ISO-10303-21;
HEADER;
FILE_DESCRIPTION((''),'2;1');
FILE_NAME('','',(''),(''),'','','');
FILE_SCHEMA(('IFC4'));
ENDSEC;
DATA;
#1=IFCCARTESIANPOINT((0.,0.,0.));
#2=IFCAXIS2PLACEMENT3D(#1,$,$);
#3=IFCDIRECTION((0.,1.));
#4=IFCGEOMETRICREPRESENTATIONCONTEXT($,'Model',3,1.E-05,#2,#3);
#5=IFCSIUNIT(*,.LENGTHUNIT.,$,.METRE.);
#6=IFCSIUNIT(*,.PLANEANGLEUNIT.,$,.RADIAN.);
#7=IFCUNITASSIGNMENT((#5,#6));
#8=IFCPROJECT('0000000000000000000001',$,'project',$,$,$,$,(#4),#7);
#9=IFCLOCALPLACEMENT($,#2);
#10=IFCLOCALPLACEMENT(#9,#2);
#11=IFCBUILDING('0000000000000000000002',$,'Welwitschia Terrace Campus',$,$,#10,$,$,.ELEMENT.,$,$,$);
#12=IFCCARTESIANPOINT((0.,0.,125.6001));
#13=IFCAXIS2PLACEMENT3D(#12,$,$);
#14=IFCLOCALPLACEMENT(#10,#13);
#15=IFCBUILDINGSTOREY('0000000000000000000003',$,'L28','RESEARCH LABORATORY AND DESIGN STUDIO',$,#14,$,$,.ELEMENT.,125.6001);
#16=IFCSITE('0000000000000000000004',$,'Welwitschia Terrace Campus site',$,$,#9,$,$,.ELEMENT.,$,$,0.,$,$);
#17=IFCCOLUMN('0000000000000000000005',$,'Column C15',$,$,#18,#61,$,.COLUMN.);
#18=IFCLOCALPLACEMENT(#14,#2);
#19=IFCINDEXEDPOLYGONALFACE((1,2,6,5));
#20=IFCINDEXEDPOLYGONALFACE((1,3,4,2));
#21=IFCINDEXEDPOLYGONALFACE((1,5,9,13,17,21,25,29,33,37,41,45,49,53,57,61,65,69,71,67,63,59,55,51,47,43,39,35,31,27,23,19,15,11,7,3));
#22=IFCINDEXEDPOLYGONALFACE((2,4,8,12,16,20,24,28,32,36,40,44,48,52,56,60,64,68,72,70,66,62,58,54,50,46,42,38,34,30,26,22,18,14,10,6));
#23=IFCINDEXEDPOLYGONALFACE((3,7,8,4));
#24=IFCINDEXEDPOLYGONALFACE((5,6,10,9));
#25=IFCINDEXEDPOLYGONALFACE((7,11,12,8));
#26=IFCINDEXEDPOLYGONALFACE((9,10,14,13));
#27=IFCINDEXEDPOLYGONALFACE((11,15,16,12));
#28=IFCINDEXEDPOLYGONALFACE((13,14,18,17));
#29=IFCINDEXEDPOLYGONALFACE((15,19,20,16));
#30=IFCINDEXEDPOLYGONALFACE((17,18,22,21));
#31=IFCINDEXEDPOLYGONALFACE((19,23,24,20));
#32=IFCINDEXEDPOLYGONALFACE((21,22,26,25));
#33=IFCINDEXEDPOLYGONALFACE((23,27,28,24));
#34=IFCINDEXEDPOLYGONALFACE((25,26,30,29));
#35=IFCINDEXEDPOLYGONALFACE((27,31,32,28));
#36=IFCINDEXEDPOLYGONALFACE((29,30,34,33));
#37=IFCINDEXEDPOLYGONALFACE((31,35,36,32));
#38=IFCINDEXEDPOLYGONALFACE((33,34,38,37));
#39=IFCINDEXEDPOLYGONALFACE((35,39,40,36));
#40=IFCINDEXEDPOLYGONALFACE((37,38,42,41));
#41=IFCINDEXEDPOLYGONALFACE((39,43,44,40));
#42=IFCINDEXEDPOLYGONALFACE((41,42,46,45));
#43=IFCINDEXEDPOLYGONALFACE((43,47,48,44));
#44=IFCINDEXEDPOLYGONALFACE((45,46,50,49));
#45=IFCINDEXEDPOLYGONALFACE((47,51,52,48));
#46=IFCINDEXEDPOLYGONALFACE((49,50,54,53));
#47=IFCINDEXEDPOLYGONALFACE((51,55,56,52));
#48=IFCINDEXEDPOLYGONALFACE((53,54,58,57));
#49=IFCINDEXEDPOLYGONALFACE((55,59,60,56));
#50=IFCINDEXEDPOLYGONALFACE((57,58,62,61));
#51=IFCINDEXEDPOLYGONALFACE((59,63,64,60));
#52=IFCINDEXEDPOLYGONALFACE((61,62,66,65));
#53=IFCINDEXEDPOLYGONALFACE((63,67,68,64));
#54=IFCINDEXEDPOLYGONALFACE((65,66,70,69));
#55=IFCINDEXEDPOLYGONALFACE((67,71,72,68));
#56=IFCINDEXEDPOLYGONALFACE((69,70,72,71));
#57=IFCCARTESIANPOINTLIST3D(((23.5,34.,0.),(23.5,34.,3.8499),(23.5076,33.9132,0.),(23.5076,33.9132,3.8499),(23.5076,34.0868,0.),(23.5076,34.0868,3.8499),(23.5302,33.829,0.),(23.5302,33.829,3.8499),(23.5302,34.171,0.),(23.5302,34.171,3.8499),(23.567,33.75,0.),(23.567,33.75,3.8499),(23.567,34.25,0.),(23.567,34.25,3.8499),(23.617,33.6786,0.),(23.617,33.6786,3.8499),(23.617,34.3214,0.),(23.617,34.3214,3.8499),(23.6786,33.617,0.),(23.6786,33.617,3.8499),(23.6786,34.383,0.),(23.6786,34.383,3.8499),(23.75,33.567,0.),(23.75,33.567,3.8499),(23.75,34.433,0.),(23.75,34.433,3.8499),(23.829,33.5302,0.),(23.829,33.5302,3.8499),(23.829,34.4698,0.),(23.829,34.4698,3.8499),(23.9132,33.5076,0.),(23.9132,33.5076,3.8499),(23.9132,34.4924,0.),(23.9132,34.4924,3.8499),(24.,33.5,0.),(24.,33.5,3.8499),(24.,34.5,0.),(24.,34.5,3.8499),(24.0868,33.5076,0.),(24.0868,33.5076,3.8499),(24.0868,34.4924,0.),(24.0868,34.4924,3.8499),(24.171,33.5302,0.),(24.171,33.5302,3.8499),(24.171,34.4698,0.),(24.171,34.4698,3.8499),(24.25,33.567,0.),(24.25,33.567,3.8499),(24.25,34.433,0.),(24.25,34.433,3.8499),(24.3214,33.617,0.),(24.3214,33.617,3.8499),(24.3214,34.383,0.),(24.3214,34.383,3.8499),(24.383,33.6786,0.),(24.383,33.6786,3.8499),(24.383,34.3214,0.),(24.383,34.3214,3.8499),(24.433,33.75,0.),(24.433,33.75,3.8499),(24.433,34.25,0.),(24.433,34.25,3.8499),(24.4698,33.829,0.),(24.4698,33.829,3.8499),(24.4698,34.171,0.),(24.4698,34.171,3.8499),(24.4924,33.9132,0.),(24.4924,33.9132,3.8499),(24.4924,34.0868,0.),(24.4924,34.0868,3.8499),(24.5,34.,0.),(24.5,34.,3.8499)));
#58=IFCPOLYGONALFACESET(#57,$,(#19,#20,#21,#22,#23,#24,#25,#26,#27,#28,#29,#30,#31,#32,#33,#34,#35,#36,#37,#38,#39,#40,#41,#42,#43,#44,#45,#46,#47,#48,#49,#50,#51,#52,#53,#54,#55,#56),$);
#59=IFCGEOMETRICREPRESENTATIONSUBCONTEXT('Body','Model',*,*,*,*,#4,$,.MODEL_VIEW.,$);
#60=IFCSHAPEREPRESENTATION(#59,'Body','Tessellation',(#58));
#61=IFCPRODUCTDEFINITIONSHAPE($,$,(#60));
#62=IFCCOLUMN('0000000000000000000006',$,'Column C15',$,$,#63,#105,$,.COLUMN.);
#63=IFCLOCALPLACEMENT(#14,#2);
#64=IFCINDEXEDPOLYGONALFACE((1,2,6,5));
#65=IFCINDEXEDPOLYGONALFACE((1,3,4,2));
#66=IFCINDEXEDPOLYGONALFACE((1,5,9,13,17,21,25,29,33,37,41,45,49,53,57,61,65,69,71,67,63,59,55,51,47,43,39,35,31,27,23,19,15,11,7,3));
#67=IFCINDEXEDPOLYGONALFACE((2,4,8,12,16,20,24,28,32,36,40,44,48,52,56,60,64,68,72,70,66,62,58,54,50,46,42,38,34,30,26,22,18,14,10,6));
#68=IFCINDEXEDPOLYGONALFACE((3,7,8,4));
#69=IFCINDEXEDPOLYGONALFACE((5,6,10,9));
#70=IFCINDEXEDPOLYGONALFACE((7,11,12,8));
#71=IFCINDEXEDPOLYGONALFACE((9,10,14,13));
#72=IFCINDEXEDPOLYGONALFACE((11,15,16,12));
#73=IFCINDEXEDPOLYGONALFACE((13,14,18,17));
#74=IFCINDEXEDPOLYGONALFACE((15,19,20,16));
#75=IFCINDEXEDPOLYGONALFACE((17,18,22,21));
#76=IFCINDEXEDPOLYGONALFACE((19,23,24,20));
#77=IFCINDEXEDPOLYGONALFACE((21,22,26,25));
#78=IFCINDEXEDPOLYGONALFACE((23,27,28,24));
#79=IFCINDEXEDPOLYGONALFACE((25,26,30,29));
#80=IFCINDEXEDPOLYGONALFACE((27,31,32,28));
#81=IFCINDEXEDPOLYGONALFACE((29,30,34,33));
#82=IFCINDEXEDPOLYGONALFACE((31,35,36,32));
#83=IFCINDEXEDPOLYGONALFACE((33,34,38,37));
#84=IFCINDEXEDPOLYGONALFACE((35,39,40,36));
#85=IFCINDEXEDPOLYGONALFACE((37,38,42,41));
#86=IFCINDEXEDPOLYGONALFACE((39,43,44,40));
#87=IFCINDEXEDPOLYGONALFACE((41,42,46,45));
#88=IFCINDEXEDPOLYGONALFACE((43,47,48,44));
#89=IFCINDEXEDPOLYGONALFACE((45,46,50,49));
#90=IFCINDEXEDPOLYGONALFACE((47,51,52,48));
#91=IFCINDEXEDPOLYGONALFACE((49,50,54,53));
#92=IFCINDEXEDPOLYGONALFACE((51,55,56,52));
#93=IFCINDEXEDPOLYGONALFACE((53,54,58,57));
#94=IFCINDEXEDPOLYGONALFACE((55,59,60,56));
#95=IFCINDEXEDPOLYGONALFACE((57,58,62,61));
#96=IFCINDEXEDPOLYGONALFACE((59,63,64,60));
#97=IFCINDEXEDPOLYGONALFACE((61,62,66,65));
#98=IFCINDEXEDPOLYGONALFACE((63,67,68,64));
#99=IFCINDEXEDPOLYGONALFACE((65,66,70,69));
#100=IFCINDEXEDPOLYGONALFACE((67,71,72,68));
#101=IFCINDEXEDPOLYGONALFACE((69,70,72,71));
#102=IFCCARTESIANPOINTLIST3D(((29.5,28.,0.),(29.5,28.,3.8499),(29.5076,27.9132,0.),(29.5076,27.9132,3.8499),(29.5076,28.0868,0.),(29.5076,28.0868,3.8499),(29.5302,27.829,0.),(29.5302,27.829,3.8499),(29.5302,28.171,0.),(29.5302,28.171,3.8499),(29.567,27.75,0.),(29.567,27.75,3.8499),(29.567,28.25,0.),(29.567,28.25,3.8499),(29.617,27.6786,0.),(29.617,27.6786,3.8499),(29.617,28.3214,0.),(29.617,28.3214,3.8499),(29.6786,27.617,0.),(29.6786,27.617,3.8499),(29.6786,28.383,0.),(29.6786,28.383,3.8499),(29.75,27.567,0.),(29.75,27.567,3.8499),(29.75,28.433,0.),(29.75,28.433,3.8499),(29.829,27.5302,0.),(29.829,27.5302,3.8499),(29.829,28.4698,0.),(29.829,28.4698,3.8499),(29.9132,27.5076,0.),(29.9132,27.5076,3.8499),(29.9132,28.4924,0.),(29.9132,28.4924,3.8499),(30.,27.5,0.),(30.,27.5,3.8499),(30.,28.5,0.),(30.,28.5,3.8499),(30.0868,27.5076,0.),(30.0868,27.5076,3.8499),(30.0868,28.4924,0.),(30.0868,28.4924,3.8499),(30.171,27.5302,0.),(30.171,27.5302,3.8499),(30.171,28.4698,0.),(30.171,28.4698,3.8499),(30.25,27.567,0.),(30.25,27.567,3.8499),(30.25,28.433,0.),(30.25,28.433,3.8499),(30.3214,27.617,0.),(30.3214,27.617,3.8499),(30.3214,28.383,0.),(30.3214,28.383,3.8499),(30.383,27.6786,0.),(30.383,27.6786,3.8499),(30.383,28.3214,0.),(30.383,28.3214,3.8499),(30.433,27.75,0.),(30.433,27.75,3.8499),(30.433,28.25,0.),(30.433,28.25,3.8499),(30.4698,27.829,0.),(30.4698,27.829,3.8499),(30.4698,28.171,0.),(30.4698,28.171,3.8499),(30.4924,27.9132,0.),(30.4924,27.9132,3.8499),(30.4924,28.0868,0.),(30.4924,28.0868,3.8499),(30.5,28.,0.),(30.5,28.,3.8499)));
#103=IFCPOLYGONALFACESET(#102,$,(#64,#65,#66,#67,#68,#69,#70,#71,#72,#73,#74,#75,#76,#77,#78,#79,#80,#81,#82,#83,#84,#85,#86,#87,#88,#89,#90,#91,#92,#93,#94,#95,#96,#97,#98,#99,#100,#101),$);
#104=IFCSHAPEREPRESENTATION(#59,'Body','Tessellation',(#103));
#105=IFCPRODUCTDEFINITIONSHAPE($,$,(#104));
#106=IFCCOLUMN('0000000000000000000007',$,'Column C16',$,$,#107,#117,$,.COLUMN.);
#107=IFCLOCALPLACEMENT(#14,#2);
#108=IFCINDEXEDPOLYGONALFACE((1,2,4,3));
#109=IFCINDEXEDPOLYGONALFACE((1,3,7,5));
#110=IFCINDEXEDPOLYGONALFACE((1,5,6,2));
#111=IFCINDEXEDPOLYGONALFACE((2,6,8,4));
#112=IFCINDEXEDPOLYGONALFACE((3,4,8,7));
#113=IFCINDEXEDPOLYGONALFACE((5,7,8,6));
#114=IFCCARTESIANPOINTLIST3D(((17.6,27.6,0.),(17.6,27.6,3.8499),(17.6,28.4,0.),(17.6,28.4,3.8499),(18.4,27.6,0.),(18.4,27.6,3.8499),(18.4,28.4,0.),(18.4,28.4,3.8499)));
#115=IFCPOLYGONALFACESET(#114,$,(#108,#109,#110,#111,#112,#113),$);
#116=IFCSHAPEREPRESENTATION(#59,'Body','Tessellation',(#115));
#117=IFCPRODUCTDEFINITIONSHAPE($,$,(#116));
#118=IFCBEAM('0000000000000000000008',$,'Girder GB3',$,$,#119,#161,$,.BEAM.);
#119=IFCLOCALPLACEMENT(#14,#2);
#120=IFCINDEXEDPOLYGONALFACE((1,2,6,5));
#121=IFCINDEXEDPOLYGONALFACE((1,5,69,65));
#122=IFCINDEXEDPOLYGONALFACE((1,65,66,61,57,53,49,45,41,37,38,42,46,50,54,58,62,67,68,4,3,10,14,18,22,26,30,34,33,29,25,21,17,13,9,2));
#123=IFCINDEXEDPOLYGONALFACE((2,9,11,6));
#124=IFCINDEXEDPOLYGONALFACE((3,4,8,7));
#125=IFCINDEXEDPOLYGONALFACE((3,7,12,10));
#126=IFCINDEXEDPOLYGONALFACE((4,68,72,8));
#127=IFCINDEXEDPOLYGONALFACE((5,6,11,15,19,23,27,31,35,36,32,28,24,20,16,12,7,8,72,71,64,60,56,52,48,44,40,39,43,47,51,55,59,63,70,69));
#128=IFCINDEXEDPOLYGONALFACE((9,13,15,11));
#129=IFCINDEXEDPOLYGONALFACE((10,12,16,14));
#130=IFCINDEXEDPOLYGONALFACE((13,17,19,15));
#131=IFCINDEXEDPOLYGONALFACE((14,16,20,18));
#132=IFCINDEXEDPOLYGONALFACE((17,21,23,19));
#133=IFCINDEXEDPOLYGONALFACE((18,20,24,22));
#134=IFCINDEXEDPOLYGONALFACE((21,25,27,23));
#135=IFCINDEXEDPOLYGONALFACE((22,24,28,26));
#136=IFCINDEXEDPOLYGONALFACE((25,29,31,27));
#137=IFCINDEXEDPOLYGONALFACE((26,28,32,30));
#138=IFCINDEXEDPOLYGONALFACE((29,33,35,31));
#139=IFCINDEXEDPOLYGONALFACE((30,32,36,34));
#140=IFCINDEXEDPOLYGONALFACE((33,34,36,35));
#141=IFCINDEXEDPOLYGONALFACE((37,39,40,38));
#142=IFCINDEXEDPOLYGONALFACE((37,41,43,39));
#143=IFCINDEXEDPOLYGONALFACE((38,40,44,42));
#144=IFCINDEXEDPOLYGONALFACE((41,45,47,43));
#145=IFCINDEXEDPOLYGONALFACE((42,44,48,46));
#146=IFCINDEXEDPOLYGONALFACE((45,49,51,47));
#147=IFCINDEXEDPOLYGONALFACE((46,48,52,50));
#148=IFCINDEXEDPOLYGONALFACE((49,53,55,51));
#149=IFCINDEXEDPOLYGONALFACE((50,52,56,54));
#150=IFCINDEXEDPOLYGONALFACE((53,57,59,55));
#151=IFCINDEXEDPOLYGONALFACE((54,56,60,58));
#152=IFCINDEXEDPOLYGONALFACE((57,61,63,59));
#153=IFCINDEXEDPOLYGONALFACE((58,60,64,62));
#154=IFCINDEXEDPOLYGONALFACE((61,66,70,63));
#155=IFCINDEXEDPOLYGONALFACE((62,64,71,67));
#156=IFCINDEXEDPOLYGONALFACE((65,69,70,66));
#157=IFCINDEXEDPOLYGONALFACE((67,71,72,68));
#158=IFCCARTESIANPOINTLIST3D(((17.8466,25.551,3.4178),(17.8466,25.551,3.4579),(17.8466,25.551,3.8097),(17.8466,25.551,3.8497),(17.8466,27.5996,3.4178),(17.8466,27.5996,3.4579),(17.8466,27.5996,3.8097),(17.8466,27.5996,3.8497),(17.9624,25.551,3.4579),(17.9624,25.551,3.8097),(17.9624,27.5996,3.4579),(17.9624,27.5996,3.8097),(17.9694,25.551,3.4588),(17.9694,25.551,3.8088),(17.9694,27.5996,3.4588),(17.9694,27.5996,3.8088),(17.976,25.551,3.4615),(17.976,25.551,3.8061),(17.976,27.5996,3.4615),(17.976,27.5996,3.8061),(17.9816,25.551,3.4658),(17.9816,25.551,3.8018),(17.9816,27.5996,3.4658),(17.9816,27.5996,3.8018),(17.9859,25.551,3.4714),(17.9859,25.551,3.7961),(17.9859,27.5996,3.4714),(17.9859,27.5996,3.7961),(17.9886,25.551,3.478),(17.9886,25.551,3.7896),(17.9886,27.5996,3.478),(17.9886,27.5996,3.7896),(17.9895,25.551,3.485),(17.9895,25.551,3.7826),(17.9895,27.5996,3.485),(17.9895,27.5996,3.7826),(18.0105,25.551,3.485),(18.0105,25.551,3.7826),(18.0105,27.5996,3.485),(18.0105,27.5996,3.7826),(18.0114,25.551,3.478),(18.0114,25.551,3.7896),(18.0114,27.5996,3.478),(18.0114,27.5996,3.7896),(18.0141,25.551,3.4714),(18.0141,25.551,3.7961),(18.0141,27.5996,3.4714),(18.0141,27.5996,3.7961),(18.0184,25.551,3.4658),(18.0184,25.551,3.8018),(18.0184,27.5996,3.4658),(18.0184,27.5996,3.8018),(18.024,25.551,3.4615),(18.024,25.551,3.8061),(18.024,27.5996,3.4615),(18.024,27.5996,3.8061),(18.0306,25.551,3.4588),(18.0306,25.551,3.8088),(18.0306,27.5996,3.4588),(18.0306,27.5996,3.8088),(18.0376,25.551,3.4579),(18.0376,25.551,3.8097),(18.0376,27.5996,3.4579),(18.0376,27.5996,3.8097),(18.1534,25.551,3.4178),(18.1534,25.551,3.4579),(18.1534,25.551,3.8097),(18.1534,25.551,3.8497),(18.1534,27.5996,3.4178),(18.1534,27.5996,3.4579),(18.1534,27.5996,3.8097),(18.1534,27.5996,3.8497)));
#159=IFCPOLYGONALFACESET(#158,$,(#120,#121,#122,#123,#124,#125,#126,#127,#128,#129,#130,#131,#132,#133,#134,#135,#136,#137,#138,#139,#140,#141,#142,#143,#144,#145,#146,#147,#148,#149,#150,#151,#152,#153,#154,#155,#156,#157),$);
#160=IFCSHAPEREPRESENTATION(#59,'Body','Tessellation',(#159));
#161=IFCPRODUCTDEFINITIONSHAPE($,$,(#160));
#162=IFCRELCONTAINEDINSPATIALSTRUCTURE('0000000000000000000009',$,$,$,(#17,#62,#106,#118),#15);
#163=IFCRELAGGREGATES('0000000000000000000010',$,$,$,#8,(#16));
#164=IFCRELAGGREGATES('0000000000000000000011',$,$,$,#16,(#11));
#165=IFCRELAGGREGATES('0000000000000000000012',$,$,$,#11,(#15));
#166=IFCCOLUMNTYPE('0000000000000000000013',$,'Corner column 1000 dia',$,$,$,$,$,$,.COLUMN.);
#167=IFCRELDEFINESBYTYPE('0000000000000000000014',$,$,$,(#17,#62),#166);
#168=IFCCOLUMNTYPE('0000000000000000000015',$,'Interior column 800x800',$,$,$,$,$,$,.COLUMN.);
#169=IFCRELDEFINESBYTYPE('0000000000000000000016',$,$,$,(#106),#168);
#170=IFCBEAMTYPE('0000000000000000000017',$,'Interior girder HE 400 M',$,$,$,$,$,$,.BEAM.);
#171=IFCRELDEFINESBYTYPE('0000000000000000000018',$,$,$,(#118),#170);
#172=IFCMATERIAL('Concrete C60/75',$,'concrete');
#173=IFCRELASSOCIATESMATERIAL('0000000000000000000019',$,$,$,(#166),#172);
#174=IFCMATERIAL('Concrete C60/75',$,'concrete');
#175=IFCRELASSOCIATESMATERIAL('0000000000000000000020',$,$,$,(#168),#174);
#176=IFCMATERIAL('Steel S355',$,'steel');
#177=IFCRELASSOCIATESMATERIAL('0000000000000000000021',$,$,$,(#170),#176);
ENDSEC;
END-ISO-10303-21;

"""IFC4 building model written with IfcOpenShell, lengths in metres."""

from ifc_helpers import new_model, si_unit, direction, frame, origin, origin_2d, place, context, subcontext, project, spatial, rectangle, circle, i_section, extrude, material, material_profile, profile_set, type_object, element, save


model = new_model("IFC4")

# Units and contexts
model_context = context("Model", 3, precision=1e-05, world=origin(), true_north=direction((0.0, 1.0)))
body_context = subcontext(model_context, "Body", "Model", "MODEL_VIEW")
ifc_project = project(units=[si_unit("LENGTHUNIT", "METRE"), si_unit("PLANEANGLEUNIT", "RADIAN")], contexts=[model_context])

# Site, building, storey
site_placement = place(None, origin())
site = spatial("IfcSite", under=ifc_project, at=site_placement, Name="Welwitschia Terrace Campus site", CompositionType="ELEMENT", RefElevation=0.0)
building_placement = place(site_placement, origin())
building = spatial("IfcBuilding", under=site, at=building_placement, Name="Welwitschia Terrace Campus", CompositionType="ELEMENT")
storey_placement = place(building_placement, frame((0.0, 0.0, 125.6001)))
storey = spatial("IfcBuildingStorey", under=building, at=storey_placement, Name="L28", Description="RESEARCH LABORATORY AND DESIGN STUDIO", CompositionType="ELEMENT", Elevation=125.6001)

# Columns
ifc_material_1 = material(Name="Concrete C60/75", Category="concrete")
ifc_material_profile_1 = material_profile(ifc_material_1, circle(Radius=0.5, at=origin_2d()))
ifc_profile_set_1 = profile_set([ifc_material_profile_1], Name="Concrete C60/75")
column_type_1 = type_object("IfcColumnType", Name="Corner column 1000 dia", PredefinedType="COLUMN", material=ifc_profile_set_1)
for number, where, z_axis, x_axis, name in (
    (1, (24.0, 34.0, 0.0), (0.0, 0.0, 1.0), (1.0, 0.0, 0.0), "Column C15"),
    (2, (30.0, 28.0, 0.0), (0.0, 0.0, 1.0), (1.0, 0.0, 0.0), "Column C15"),
):
    element("IfcColumn", number, at=place(storey_placement, frame(where, z_axis=z_axis, x_axis=x_axis)), inside=storey, type_object=column_type_1, Name=name, PredefinedType="COLUMN", context=body_context, shape_type="SweptSolid", body=[
        extrude(circle(Radius=0.5, at=origin_2d()), origin(), (0.0, 0.0, 1.0), 3.8499),
    ])
ifc_material_2 = material(Name="Concrete C60/75", Category="concrete")
ifc_material_profile_2 = material_profile(ifc_material_2, rectangle(XDim=0.8, YDim=0.8, at=origin_2d()))
ifc_profile_set_2 = profile_set([ifc_material_profile_2], Name="Concrete C60/75")
column_type_2 = type_object("IfcColumnType", Name="Interior column 800x800", PredefinedType="COLUMN", material=ifc_profile_set_2)
column_placement = place(storey_placement, frame((18.0, 28.0, 0.0), z_axis=(0.0, 0.0, 1.0), x_axis=(1.0, 0.0, 0.0)))
element("IfcColumn", 3, at=column_placement, inside=storey, type_object=column_type_2, Name="Column C16", PredefinedType="COLUMN", context=body_context, shape_type="SweptSolid", body=[
    extrude(rectangle(XDim=0.8, YDim=0.8, at=origin_2d()), origin(), (0.0, 0.0, 1.0), 3.8499),
])

# Beam
ifc_material_3 = material(Name="Steel S355", Category="steel")
ifc_material_profile_3 = material_profile(ifc_material_3, i_section(OverallWidth=0.3069, OverallDepth=0.4319, WebThickness=0.021, FlangeThickness=0.04, FilletRadius=0.0271, at=origin_2d()))
ifc_profile_set_3 = profile_set([ifc_material_profile_3], Name="Steel S355")
beam_type_1 = type_object("IfcBeamType", Name="Interior girder HE 400 M", PredefinedType="BEAM", material=ifc_profile_set_3)
beam_1_placement = place(storey_placement, frame((18.0, 25.551, 3.6338), z_axis=(0.0, 1.0, 0.0), x_axis=(-1.0, 0.0, 0.0)))
element("IfcBeam", 4, at=beam_1_placement, inside=storey, type_object=beam_type_1, Name="Girder GB3", PredefinedType="BEAM", context=body_context, shape_type="SweptSolid", body=[
    extrude(i_section(OverallWidth=0.3069, OverallDepth=0.4319, WebThickness=0.021, FlangeThickness=0.04, FilletRadius=0.0271, at=origin_2d()), origin(), (0.0, 0.0, 1.0), 2.0486),
])

save(model, "model.ifc")
